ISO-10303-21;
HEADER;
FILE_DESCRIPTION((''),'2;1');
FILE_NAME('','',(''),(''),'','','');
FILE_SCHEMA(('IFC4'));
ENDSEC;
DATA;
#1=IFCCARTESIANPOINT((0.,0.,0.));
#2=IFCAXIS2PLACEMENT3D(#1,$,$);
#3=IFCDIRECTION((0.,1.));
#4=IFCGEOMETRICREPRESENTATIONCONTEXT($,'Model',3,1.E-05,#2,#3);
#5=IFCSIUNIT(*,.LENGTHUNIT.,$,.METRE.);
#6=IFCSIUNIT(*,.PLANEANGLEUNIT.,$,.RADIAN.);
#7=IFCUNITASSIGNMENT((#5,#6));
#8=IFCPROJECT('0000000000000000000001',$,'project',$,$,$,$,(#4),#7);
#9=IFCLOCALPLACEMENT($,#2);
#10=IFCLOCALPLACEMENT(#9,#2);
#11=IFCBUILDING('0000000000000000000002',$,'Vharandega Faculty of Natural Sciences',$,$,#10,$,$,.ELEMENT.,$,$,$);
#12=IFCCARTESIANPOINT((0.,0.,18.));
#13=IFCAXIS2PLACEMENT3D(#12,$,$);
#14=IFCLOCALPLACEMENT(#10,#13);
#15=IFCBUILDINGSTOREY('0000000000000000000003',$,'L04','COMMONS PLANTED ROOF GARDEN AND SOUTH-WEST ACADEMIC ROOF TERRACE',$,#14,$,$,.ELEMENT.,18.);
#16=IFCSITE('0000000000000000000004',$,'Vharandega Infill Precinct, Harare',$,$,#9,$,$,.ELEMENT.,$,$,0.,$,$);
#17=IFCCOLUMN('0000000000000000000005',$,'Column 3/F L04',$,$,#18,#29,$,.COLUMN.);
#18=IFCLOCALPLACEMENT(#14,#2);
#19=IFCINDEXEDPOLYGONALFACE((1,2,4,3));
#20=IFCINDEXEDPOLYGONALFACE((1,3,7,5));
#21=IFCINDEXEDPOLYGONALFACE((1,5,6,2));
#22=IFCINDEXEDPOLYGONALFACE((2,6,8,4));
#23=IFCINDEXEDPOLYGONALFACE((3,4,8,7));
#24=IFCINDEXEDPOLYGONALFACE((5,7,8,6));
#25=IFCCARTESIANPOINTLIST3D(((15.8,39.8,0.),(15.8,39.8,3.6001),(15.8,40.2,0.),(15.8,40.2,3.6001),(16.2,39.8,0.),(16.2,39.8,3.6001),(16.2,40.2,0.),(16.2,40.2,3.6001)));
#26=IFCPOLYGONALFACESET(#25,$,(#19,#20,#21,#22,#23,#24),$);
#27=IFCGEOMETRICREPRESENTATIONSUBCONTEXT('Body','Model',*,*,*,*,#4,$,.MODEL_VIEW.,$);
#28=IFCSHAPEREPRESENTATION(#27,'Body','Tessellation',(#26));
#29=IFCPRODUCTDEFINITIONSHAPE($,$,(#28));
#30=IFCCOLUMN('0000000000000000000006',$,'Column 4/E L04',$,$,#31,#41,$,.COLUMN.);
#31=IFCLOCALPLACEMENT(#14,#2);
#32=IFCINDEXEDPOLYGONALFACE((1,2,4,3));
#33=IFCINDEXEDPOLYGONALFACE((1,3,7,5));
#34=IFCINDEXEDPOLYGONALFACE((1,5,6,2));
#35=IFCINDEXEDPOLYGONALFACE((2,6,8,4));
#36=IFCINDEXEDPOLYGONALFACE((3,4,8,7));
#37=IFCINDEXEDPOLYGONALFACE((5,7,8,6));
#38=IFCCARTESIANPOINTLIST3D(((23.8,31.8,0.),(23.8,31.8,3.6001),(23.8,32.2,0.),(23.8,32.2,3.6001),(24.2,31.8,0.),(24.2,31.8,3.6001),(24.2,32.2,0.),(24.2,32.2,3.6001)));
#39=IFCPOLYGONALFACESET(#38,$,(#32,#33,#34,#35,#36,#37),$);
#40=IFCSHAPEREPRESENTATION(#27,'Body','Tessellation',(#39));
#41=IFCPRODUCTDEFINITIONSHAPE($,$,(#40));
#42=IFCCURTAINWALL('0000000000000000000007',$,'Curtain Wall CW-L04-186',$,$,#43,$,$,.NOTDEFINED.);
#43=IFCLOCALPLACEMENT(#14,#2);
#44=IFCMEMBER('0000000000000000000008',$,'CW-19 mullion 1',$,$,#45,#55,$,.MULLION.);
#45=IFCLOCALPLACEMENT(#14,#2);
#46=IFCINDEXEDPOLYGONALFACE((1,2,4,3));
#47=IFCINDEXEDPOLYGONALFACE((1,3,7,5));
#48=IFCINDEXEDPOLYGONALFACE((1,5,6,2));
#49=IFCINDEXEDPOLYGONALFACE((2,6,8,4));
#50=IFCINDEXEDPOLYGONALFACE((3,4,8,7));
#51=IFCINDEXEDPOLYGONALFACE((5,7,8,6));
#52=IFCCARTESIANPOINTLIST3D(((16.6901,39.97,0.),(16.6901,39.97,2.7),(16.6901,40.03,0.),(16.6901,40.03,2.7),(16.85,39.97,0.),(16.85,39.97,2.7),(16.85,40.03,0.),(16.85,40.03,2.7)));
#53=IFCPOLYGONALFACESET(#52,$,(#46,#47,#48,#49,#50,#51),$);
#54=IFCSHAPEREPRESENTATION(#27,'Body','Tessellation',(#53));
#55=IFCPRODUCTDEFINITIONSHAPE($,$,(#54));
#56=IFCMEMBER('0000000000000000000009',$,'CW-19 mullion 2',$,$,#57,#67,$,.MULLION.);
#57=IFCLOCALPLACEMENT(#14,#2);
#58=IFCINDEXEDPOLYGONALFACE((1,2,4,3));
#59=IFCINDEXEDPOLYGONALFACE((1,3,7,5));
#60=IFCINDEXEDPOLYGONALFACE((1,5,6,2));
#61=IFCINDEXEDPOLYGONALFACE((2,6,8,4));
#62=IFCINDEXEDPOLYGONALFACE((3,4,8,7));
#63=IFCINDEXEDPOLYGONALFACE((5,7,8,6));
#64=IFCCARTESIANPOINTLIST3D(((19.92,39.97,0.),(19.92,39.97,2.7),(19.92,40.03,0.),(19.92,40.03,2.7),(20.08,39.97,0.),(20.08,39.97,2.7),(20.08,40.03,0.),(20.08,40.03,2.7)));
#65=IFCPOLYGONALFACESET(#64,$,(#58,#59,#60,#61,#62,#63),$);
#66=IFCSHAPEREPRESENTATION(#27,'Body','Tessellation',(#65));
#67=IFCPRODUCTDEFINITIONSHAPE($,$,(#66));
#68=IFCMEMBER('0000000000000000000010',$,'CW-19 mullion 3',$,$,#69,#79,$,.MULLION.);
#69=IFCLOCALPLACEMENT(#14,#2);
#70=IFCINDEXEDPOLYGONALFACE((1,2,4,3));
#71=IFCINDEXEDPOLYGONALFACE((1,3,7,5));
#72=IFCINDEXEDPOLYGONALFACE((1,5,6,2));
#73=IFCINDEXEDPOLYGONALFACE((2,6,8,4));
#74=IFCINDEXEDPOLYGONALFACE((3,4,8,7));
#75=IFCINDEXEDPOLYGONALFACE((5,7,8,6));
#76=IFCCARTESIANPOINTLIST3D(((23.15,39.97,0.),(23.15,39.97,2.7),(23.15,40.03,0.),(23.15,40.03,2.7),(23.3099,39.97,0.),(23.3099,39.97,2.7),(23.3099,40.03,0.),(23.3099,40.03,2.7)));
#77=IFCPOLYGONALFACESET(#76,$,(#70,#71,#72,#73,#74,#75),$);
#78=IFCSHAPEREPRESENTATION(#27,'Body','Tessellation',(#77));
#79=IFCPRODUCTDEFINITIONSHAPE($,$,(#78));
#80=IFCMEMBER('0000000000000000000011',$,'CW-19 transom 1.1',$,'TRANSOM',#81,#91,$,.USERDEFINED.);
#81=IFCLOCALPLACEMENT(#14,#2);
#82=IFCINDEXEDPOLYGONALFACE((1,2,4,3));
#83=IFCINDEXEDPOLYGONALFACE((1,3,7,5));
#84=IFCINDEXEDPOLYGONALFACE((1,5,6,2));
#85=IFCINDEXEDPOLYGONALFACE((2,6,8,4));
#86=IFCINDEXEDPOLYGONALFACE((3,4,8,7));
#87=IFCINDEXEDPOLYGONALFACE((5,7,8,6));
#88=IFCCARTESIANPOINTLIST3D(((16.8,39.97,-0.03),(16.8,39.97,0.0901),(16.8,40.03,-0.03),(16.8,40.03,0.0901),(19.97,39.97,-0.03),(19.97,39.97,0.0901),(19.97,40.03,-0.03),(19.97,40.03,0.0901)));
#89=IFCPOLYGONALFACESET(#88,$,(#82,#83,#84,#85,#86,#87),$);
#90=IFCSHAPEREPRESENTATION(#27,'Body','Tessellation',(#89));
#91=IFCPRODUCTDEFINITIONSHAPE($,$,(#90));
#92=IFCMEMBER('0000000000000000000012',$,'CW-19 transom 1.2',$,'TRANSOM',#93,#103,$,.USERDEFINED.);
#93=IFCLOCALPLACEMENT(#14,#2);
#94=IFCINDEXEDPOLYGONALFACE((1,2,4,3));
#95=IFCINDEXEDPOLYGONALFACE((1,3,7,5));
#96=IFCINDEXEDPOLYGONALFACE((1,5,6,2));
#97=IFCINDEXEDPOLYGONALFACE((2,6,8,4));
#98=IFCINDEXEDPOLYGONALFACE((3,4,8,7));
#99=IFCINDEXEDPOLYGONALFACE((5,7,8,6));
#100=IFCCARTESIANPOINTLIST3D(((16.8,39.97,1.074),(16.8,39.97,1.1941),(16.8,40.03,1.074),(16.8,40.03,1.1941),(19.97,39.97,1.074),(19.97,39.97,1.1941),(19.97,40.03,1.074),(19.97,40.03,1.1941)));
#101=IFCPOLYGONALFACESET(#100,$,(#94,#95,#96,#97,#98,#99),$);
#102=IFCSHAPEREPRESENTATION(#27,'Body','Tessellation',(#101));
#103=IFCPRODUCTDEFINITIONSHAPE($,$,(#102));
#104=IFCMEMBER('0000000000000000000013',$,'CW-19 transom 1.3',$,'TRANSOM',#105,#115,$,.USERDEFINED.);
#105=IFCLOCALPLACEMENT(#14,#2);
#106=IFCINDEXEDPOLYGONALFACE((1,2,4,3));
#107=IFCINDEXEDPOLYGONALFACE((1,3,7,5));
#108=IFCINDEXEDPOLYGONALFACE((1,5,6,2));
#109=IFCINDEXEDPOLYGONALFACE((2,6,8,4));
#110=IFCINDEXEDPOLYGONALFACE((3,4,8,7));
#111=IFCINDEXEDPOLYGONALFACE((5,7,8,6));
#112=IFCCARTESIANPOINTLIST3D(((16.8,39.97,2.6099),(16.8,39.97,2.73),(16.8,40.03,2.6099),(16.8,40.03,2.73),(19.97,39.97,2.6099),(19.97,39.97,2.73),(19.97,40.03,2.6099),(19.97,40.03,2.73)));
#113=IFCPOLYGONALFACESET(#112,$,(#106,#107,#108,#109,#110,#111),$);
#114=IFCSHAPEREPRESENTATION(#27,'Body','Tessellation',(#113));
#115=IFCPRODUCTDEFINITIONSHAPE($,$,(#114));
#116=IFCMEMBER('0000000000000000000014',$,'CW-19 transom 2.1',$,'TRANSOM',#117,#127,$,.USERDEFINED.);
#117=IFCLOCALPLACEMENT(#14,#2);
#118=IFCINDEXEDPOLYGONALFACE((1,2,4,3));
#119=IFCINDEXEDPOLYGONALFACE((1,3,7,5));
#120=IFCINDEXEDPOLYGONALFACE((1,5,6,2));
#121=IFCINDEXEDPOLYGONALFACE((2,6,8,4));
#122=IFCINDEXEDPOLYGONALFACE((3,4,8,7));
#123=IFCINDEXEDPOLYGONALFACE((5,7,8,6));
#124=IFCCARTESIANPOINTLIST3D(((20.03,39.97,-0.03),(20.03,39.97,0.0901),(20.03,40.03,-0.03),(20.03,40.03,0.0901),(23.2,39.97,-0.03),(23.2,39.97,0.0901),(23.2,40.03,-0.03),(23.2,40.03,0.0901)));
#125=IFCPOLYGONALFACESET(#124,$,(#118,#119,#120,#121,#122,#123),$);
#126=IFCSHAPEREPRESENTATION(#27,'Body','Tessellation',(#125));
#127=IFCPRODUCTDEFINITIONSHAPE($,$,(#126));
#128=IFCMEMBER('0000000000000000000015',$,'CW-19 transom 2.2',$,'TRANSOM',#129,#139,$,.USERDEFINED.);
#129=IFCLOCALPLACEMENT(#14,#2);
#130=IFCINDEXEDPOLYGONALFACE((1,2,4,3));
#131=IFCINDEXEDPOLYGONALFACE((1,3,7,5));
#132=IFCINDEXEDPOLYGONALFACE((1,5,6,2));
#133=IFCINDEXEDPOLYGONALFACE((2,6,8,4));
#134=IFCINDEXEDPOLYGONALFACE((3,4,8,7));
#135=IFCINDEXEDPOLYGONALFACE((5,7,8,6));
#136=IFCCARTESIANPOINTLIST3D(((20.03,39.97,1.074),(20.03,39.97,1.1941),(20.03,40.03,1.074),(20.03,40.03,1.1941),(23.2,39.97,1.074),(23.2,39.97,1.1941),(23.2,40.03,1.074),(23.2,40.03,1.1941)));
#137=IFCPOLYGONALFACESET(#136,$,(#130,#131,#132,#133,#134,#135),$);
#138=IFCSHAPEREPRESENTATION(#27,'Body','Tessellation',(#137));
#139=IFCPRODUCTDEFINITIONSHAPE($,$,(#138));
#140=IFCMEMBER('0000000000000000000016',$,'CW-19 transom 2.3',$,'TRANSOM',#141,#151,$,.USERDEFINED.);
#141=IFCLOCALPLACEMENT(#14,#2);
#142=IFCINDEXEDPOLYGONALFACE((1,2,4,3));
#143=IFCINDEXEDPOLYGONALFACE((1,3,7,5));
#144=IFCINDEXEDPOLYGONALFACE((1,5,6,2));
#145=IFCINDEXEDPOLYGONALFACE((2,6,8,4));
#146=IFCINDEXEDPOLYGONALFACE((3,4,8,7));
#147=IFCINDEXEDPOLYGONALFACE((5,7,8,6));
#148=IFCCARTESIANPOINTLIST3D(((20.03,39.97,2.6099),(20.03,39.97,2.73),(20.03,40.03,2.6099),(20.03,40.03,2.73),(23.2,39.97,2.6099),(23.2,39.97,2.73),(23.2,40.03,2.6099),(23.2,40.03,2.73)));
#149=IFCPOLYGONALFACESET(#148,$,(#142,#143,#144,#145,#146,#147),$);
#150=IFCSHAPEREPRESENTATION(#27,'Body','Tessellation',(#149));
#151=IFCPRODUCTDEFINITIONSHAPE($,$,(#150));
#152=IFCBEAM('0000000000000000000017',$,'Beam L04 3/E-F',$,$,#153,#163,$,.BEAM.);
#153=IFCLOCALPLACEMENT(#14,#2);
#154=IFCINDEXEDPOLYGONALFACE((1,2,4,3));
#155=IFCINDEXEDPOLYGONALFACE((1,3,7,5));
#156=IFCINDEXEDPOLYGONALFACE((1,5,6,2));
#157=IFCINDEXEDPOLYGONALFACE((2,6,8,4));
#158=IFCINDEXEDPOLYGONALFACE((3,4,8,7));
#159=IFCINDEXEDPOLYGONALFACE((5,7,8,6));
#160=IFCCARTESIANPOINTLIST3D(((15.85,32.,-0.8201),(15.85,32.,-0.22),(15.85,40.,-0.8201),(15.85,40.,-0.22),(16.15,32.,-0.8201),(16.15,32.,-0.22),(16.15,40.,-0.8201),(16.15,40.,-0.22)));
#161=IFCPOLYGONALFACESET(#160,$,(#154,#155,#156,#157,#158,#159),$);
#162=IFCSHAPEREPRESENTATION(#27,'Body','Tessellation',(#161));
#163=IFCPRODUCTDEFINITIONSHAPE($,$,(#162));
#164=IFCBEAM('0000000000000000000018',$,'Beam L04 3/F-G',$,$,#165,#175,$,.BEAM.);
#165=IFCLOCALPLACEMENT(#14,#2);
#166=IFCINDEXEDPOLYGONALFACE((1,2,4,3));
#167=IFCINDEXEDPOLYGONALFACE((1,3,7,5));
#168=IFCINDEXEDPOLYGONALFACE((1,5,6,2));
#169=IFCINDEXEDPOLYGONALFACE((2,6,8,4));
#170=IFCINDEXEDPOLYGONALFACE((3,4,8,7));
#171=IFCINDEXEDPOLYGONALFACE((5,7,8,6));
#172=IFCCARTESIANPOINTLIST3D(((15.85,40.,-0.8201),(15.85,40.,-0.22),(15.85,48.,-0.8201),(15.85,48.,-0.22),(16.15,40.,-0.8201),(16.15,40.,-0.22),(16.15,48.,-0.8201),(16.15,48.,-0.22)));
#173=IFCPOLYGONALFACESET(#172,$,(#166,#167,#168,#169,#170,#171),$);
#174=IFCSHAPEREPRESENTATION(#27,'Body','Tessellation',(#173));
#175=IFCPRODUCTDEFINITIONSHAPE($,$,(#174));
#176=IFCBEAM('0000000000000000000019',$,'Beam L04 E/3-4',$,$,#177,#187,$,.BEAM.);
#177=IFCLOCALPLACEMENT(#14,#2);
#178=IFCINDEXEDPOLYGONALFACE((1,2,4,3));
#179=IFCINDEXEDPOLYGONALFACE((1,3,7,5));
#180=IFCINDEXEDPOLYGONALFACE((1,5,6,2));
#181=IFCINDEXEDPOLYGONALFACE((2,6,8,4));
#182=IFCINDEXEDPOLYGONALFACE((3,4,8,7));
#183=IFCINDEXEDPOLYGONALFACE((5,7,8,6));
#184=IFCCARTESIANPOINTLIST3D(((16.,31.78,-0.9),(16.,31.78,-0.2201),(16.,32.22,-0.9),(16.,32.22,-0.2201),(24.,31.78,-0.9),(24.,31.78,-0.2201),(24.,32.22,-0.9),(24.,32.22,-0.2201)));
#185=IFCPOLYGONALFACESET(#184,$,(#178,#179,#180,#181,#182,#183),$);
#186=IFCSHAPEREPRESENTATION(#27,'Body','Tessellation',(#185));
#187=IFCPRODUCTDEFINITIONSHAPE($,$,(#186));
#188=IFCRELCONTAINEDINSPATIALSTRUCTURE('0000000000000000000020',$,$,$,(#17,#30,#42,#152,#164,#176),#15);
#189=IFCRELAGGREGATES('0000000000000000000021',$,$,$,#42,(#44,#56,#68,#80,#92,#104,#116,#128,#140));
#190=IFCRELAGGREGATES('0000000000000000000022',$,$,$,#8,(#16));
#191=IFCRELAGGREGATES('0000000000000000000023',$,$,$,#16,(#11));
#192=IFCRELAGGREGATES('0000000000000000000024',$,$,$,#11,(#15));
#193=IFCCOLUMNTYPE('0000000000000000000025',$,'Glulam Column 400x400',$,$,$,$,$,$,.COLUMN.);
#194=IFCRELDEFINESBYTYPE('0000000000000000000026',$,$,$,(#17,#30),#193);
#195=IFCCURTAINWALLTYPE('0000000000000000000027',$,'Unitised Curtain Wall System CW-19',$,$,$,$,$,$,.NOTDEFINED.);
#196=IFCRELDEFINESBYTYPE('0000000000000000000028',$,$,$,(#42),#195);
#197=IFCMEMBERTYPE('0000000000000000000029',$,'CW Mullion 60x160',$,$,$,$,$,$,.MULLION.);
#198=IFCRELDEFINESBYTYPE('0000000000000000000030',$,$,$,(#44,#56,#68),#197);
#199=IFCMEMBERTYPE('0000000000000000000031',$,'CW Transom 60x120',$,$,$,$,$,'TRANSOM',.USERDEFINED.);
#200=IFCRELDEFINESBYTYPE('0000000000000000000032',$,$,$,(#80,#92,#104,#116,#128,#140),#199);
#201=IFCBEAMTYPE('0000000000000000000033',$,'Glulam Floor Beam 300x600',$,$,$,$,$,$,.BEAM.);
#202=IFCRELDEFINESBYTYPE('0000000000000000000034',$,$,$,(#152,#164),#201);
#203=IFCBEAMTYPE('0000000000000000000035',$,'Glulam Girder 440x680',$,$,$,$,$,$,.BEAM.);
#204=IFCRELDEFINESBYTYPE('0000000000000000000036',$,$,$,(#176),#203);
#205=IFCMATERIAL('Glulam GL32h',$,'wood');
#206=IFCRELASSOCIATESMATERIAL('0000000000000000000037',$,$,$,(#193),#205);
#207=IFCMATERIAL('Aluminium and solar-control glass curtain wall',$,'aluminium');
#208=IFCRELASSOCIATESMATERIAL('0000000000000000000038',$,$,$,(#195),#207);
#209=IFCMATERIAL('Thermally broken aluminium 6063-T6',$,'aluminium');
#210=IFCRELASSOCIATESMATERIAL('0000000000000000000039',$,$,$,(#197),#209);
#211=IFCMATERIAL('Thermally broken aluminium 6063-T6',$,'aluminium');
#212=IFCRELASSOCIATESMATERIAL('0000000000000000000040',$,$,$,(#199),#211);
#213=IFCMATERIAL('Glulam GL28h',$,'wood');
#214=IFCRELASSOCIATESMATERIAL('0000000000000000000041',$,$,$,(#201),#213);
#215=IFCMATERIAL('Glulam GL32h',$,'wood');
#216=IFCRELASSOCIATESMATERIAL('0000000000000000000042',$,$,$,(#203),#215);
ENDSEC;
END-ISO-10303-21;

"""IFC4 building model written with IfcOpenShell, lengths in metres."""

from ifc_helpers import new_model, si_unit, direction, frame, origin, origin_2d, place, context, subcontext, project, spatial, rectangle, extrude, material, material_profile, profile_set, type_object, element, aggregate, save


model = new_model("IFC4")

# Units and contexts
model_context = context("Model", 3, precision=1e-05, world=origin(), true_north=direction((0.0, 1.0)))
body_context = subcontext(model_context, "Body", "Model", "MODEL_VIEW")
ifc_project = project(units=[si_unit("LENGTHUNIT", "METRE"), si_unit("PLANEANGLEUNIT", "RADIAN")], contexts=[model_context])

# Site, building, storey
site_placement = place(None, origin())
site = spatial("IfcSite", under=ifc_project, at=site_placement, Name="Vharandega Infill Precinct, Harare", CompositionType="ELEMENT", RefElevation=0.0)
building_placement = place(site_placement, origin())
building = spatial("IfcBuilding", under=site, at=building_placement, Name="Vharandega Faculty of Natural Sciences", CompositionType="ELEMENT")
storey_placement = place(building_placement, frame((0.0, 0.0, 18.0)))
storey = spatial("IfcBuildingStorey", under=building, at=storey_placement, Name="L04", Description="COMMONS PLANTED ROOF GARDEN AND SOUTH-WEST ACADEMIC ROOF TERRACE", CompositionType="ELEMENT", Elevation=18.0)

# Columns
ifc_material_1 = material(Name="Glulam GL32h", Category="wood")
ifc_material_profile_1 = material_profile(ifc_material_1, rectangle(XDim=0.3999, YDim=0.3999, at=origin_2d()), Name="GL32h 400x400")
ifc_profile_set_1 = profile_set([ifc_material_profile_1], Name="Glulam GL32h")
column_type = type_object("IfcColumnType", Name="Glulam Column 400x400", PredefinedType="COLUMN", material=ifc_profile_set_1)
for number, where, z_axis, x_axis, name in (
    (1, (16.0, 40.0, 0.0), (0.0, 0.0, 1.0), (1.0, 0.0, 0.0), "Column 3/F L04"),
    (2, (24.0, 32.0, 0.0), (0.0, 0.0, 1.0), (1.0, 0.0, 0.0), "Column 4/E L04"),
):
    element("IfcColumn", number, at=place(storey_placement, frame(where, z_axis=z_axis, x_axis=x_axis)), inside=storey, type_object=column_type, Name=name, PredefinedType="COLUMN", context=body_context, shape_type="SweptSolid", body=[
        extrude(rectangle(XDim=0.3999, YDim=0.3999, at=origin_2d()), origin(), (0.0, 0.0, 1.0), 3.6001),
    ])

# Curtain wall, members
ifc_material_2 = material(Name="Aluminium and solar-control glass curtain wall", Category="aluminium")
curtain_wall_type = type_object("IfcCurtainWallType", Name="Unitised Curtain Wall System CW-19", PredefinedType="NOTDEFINED", material=ifc_material_2)
curtain_wall_placement = place(storey_placement, origin())
curtain_wall = element("IfcCurtainWall", 3, at=curtain_wall_placement, inside=storey, type_object=curtain_wall_type, Name="Curtain Wall CW-L04-186", PredefinedType="NOTDEFINED")
ifc_material_3 = material(Name="Thermally broken aluminium 6063-T6", Category="aluminium")
ifc_material_profile_2 = material_profile(ifc_material_3, rectangle(XDim=0.0601, YDim=0.1599, at=origin_2d()), Name="ALU 60x160")
ifc_profile_set_2 = profile_set([ifc_material_profile_2], Name="Thermally broken aluminium 6063-T6")
member_type_1 = type_object("IfcMemberType", Name="CW Mullion 60x160", PredefinedType="MULLION", material=ifc_profile_set_2)
member_1_placement = place(storey_placement, frame((16.77, 40.0, 0.0), z_axis=(0.0, 0.0, 1.0), x_axis=(0.0, 1.0, 0.0)))
member_1 = element("IfcMember", 4, at=member_1_placement, type_object=member_type_1, Name="CW-19 mullion 1", PredefinedType="MULLION", context=body_context, shape_type="SweptSolid", body=[
    extrude(rectangle(XDim=0.0601, YDim=0.1599, at=origin_2d()), origin(), (0.0, 0.0, 1.0), 2.7),
])
member_2_placement = place(storey_placement, frame((20.0, 40.0, 0.0), z_axis=(0.0, 0.0, 1.0), x_axis=(0.0, 1.0, 0.0)))
member_2 = element("IfcMember", 5, at=member_2_placement, type_object=member_type_1, Name="CW-19 mullion 2", PredefinedType="MULLION", context=body_context, shape_type="SweptSolid", body=[
    extrude(rectangle(XDim=0.0601, YDim=0.1599, at=origin_2d()), origin(), (0.0, 0.0, 1.0), 2.7),
])
member_3_placement = place(storey_placement, frame((23.23, 40.0, 0.0), z_axis=(0.0, 0.0, 1.0), x_axis=(0.0, 1.0, 0.0)))
member_3 = element("IfcMember", 6, at=member_3_placement, type_object=member_type_1, Name="CW-19 mullion 3", PredefinedType="MULLION", context=body_context, shape_type="SweptSolid", body=[
    extrude(rectangle(XDim=0.0601, YDim=0.1599, at=origin_2d()), origin(), (0.0, 0.0, 1.0), 2.7),
])
ifc_material_4 = material(Name="Thermally broken aluminium 6063-T6", Category="aluminium")
ifc_material_profile_3 = material_profile(ifc_material_4, rectangle(XDim=0.0601, YDim=0.1201, at=origin_2d()), Name="ALU 60x120")
ifc_profile_set_3 = profile_set([ifc_material_profile_3], Name="Thermally broken aluminium 6063-T6")
member_type_2 = type_object("IfcMemberType", Name="CW Transom 60x120", ElementType="TRANSOM", PredefinedType="USERDEFINED", material=ifc_profile_set_3)
member_4_placement = place(storey_placement, frame((16.8, 40.0, 0.03), z_axis=(1.0, 0.0, 0.0), x_axis=(0.0, 1.0, 0.0)))
member_4 = element("IfcMember", 7, at=member_4_placement, type_object=member_type_2, Name="CW-19 transom 1.1", ObjectType="TRANSOM", PredefinedType="USERDEFINED", context=body_context, shape_type="SweptSolid", body=[
    extrude(rectangle(XDim=0.0601, YDim=0.1201, at=origin_2d()), origin(), (0.0, 0.0, 1.0), 3.1699),
])
member_5_placement = place(storey_placement, frame((16.8, 40.0, 1.134), z_axis=(1.0, 0.0, 0.0), x_axis=(0.0, 1.0, 0.0)))
member_5 = element("IfcMember", 8, at=member_5_placement, type_object=member_type_2, Name="CW-19 transom 1.2", ObjectType="TRANSOM", PredefinedType="USERDEFINED", context=body_context, shape_type="SweptSolid", body=[
    extrude(rectangle(XDim=0.0601, YDim=0.1201, at=origin_2d()), origin(), (0.0, 0.0, 1.0), 3.1699),
])
member_6_placement = place(storey_placement, frame((16.8, 40.0, 2.6699), z_axis=(1.0, 0.0, 0.0), x_axis=(0.0, 1.0, 0.0)))
member_6 = element("IfcMember", 9, at=member_6_placement, type_object=member_type_2, Name="CW-19 transom 1.3", ObjectType="TRANSOM", PredefinedType="USERDEFINED", context=body_context, shape_type="SweptSolid", body=[
    extrude(rectangle(XDim=0.0601, YDim=0.1201, at=origin_2d()), origin(), (0.0, 0.0, 1.0), 3.1699),
])
member_7_placement = place(storey_placement, frame((20.03, 40.0, 0.03), z_axis=(1.0, 0.0, 0.0), x_axis=(0.0, 1.0, 0.0)))
member_7 = element("IfcMember", 10, at=member_7_placement, type_object=member_type_2, Name="CW-19 transom 2.1", ObjectType="TRANSOM", PredefinedType="USERDEFINED", context=body_context, shape_type="SweptSolid", body=[
    extrude(rectangle(XDim=0.0601, YDim=0.1201, at=origin_2d()), origin(), (0.0, 0.0, 1.0), 3.1699),
])
member_8_placement = place(storey_placement, frame((20.03, 40.0, 1.134), z_axis=(1.0, 0.0, 0.0), x_axis=(0.0, 1.0, 0.0)))
member_8 = element("IfcMember", 11, at=member_8_placement, type_object=member_type_2, Name="CW-19 transom 2.2", ObjectType="TRANSOM", PredefinedType="USERDEFINED", context=body_context, shape_type="SweptSolid", body=[
    extrude(rectangle(XDim=0.0601, YDim=0.1201, at=origin_2d()), origin(), (0.0, 0.0, 1.0), 3.1699),
])
member_9_placement = place(storey_placement, frame((20.03, 40.0, 2.6699), z_axis=(1.0, 0.0, 0.0), x_axis=(0.0, 1.0, 0.0)))
member_9 = element("IfcMember", 12, at=member_9_placement, type_object=member_type_2, Name="CW-19 transom 2.3", ObjectType="TRANSOM", PredefinedType="USERDEFINED", context=body_context, shape_type="SweptSolid", body=[
    extrude(rectangle(XDim=0.0601, YDim=0.1201, at=origin_2d()), origin(), (0.0, 0.0, 1.0), 3.1699),
])

# Beams
ifc_material_5 = material(Name="Glulam GL28h", Category="wood")
ifc_material_profile_4 = material_profile(ifc_material_5, rectangle(XDim=0.3, YDim=0.6001, at=origin_2d()), Name="GL28h 300x600")
ifc_profile_set_4 = profile_set([ifc_material_profile_4], Name="Glulam GL28h")
beam_type_1 = type_object("IfcBeamType", Name="Glulam Floor Beam 300x600", PredefinedType="BEAM", material=ifc_profile_set_4)
for number, where, z_axis, x_axis, name in (
    (13, (16.0, 32.0, -0.52), (0.0, 1.0, 0.0), (-1.0, 0.0, 0.0), "Beam L04 3/E-F"),
    (14, (16.0, 40.0, -0.52), (0.0, 1.0, 0.0), (-1.0, 0.0, 0.0), "Beam L04 3/F-G"),
):
    element("IfcBeam", number, at=place(storey_placement, frame(where, z_axis=z_axis, x_axis=x_axis)), inside=storey, type_object=beam_type_1, Name=name, PredefinedType="BEAM", context=body_context, shape_type="SweptSolid", body=[
        extrude(rectangle(XDim=0.3, YDim=0.6001, at=origin_2d()), origin(), (0.0, 0.0, 1.0), 8.0),
    ])
ifc_material_6 = material(Name="Glulam GL32h", Category="wood")
ifc_material_profile_5 = material_profile(ifc_material_6, rectangle(XDim=0.4399, YDim=0.6799, at=origin_2d()), Name="GL32h 440x680")
ifc_profile_set_5 = profile_set([ifc_material_profile_5], Name="Glulam GL32h")
beam_type_2 = type_object("IfcBeamType", Name="Glulam Girder 440x680", PredefinedType="BEAM", material=ifc_profile_set_5)
for number, where, z_axis, x_axis, name in (
    (15, (16.0, 32.0, -0.5601), (1.0, 0.0, 0.0), (0.0, 1.0, 0.0), "Beam L04 E/3-4"),
):
    element("IfcBeam", number, at=place(storey_placement, frame(where, z_axis=z_axis, x_axis=x_axis)), inside=storey, type_object=beam_type_2, Name=name, PredefinedType="BEAM", context=body_context, shape_type="SweptSolid", body=[
        extrude(rectangle(XDim=0.4399, YDim=0.6799, at=origin_2d()), origin(), (0.0, 0.0, 1.0), 8.0),
    ])

aggregate(curtain_wall, [member_1, member_2, member_3, member_4, member_5, member_6, member_7, member_8, member_9])

save(model, "model.ifc")
